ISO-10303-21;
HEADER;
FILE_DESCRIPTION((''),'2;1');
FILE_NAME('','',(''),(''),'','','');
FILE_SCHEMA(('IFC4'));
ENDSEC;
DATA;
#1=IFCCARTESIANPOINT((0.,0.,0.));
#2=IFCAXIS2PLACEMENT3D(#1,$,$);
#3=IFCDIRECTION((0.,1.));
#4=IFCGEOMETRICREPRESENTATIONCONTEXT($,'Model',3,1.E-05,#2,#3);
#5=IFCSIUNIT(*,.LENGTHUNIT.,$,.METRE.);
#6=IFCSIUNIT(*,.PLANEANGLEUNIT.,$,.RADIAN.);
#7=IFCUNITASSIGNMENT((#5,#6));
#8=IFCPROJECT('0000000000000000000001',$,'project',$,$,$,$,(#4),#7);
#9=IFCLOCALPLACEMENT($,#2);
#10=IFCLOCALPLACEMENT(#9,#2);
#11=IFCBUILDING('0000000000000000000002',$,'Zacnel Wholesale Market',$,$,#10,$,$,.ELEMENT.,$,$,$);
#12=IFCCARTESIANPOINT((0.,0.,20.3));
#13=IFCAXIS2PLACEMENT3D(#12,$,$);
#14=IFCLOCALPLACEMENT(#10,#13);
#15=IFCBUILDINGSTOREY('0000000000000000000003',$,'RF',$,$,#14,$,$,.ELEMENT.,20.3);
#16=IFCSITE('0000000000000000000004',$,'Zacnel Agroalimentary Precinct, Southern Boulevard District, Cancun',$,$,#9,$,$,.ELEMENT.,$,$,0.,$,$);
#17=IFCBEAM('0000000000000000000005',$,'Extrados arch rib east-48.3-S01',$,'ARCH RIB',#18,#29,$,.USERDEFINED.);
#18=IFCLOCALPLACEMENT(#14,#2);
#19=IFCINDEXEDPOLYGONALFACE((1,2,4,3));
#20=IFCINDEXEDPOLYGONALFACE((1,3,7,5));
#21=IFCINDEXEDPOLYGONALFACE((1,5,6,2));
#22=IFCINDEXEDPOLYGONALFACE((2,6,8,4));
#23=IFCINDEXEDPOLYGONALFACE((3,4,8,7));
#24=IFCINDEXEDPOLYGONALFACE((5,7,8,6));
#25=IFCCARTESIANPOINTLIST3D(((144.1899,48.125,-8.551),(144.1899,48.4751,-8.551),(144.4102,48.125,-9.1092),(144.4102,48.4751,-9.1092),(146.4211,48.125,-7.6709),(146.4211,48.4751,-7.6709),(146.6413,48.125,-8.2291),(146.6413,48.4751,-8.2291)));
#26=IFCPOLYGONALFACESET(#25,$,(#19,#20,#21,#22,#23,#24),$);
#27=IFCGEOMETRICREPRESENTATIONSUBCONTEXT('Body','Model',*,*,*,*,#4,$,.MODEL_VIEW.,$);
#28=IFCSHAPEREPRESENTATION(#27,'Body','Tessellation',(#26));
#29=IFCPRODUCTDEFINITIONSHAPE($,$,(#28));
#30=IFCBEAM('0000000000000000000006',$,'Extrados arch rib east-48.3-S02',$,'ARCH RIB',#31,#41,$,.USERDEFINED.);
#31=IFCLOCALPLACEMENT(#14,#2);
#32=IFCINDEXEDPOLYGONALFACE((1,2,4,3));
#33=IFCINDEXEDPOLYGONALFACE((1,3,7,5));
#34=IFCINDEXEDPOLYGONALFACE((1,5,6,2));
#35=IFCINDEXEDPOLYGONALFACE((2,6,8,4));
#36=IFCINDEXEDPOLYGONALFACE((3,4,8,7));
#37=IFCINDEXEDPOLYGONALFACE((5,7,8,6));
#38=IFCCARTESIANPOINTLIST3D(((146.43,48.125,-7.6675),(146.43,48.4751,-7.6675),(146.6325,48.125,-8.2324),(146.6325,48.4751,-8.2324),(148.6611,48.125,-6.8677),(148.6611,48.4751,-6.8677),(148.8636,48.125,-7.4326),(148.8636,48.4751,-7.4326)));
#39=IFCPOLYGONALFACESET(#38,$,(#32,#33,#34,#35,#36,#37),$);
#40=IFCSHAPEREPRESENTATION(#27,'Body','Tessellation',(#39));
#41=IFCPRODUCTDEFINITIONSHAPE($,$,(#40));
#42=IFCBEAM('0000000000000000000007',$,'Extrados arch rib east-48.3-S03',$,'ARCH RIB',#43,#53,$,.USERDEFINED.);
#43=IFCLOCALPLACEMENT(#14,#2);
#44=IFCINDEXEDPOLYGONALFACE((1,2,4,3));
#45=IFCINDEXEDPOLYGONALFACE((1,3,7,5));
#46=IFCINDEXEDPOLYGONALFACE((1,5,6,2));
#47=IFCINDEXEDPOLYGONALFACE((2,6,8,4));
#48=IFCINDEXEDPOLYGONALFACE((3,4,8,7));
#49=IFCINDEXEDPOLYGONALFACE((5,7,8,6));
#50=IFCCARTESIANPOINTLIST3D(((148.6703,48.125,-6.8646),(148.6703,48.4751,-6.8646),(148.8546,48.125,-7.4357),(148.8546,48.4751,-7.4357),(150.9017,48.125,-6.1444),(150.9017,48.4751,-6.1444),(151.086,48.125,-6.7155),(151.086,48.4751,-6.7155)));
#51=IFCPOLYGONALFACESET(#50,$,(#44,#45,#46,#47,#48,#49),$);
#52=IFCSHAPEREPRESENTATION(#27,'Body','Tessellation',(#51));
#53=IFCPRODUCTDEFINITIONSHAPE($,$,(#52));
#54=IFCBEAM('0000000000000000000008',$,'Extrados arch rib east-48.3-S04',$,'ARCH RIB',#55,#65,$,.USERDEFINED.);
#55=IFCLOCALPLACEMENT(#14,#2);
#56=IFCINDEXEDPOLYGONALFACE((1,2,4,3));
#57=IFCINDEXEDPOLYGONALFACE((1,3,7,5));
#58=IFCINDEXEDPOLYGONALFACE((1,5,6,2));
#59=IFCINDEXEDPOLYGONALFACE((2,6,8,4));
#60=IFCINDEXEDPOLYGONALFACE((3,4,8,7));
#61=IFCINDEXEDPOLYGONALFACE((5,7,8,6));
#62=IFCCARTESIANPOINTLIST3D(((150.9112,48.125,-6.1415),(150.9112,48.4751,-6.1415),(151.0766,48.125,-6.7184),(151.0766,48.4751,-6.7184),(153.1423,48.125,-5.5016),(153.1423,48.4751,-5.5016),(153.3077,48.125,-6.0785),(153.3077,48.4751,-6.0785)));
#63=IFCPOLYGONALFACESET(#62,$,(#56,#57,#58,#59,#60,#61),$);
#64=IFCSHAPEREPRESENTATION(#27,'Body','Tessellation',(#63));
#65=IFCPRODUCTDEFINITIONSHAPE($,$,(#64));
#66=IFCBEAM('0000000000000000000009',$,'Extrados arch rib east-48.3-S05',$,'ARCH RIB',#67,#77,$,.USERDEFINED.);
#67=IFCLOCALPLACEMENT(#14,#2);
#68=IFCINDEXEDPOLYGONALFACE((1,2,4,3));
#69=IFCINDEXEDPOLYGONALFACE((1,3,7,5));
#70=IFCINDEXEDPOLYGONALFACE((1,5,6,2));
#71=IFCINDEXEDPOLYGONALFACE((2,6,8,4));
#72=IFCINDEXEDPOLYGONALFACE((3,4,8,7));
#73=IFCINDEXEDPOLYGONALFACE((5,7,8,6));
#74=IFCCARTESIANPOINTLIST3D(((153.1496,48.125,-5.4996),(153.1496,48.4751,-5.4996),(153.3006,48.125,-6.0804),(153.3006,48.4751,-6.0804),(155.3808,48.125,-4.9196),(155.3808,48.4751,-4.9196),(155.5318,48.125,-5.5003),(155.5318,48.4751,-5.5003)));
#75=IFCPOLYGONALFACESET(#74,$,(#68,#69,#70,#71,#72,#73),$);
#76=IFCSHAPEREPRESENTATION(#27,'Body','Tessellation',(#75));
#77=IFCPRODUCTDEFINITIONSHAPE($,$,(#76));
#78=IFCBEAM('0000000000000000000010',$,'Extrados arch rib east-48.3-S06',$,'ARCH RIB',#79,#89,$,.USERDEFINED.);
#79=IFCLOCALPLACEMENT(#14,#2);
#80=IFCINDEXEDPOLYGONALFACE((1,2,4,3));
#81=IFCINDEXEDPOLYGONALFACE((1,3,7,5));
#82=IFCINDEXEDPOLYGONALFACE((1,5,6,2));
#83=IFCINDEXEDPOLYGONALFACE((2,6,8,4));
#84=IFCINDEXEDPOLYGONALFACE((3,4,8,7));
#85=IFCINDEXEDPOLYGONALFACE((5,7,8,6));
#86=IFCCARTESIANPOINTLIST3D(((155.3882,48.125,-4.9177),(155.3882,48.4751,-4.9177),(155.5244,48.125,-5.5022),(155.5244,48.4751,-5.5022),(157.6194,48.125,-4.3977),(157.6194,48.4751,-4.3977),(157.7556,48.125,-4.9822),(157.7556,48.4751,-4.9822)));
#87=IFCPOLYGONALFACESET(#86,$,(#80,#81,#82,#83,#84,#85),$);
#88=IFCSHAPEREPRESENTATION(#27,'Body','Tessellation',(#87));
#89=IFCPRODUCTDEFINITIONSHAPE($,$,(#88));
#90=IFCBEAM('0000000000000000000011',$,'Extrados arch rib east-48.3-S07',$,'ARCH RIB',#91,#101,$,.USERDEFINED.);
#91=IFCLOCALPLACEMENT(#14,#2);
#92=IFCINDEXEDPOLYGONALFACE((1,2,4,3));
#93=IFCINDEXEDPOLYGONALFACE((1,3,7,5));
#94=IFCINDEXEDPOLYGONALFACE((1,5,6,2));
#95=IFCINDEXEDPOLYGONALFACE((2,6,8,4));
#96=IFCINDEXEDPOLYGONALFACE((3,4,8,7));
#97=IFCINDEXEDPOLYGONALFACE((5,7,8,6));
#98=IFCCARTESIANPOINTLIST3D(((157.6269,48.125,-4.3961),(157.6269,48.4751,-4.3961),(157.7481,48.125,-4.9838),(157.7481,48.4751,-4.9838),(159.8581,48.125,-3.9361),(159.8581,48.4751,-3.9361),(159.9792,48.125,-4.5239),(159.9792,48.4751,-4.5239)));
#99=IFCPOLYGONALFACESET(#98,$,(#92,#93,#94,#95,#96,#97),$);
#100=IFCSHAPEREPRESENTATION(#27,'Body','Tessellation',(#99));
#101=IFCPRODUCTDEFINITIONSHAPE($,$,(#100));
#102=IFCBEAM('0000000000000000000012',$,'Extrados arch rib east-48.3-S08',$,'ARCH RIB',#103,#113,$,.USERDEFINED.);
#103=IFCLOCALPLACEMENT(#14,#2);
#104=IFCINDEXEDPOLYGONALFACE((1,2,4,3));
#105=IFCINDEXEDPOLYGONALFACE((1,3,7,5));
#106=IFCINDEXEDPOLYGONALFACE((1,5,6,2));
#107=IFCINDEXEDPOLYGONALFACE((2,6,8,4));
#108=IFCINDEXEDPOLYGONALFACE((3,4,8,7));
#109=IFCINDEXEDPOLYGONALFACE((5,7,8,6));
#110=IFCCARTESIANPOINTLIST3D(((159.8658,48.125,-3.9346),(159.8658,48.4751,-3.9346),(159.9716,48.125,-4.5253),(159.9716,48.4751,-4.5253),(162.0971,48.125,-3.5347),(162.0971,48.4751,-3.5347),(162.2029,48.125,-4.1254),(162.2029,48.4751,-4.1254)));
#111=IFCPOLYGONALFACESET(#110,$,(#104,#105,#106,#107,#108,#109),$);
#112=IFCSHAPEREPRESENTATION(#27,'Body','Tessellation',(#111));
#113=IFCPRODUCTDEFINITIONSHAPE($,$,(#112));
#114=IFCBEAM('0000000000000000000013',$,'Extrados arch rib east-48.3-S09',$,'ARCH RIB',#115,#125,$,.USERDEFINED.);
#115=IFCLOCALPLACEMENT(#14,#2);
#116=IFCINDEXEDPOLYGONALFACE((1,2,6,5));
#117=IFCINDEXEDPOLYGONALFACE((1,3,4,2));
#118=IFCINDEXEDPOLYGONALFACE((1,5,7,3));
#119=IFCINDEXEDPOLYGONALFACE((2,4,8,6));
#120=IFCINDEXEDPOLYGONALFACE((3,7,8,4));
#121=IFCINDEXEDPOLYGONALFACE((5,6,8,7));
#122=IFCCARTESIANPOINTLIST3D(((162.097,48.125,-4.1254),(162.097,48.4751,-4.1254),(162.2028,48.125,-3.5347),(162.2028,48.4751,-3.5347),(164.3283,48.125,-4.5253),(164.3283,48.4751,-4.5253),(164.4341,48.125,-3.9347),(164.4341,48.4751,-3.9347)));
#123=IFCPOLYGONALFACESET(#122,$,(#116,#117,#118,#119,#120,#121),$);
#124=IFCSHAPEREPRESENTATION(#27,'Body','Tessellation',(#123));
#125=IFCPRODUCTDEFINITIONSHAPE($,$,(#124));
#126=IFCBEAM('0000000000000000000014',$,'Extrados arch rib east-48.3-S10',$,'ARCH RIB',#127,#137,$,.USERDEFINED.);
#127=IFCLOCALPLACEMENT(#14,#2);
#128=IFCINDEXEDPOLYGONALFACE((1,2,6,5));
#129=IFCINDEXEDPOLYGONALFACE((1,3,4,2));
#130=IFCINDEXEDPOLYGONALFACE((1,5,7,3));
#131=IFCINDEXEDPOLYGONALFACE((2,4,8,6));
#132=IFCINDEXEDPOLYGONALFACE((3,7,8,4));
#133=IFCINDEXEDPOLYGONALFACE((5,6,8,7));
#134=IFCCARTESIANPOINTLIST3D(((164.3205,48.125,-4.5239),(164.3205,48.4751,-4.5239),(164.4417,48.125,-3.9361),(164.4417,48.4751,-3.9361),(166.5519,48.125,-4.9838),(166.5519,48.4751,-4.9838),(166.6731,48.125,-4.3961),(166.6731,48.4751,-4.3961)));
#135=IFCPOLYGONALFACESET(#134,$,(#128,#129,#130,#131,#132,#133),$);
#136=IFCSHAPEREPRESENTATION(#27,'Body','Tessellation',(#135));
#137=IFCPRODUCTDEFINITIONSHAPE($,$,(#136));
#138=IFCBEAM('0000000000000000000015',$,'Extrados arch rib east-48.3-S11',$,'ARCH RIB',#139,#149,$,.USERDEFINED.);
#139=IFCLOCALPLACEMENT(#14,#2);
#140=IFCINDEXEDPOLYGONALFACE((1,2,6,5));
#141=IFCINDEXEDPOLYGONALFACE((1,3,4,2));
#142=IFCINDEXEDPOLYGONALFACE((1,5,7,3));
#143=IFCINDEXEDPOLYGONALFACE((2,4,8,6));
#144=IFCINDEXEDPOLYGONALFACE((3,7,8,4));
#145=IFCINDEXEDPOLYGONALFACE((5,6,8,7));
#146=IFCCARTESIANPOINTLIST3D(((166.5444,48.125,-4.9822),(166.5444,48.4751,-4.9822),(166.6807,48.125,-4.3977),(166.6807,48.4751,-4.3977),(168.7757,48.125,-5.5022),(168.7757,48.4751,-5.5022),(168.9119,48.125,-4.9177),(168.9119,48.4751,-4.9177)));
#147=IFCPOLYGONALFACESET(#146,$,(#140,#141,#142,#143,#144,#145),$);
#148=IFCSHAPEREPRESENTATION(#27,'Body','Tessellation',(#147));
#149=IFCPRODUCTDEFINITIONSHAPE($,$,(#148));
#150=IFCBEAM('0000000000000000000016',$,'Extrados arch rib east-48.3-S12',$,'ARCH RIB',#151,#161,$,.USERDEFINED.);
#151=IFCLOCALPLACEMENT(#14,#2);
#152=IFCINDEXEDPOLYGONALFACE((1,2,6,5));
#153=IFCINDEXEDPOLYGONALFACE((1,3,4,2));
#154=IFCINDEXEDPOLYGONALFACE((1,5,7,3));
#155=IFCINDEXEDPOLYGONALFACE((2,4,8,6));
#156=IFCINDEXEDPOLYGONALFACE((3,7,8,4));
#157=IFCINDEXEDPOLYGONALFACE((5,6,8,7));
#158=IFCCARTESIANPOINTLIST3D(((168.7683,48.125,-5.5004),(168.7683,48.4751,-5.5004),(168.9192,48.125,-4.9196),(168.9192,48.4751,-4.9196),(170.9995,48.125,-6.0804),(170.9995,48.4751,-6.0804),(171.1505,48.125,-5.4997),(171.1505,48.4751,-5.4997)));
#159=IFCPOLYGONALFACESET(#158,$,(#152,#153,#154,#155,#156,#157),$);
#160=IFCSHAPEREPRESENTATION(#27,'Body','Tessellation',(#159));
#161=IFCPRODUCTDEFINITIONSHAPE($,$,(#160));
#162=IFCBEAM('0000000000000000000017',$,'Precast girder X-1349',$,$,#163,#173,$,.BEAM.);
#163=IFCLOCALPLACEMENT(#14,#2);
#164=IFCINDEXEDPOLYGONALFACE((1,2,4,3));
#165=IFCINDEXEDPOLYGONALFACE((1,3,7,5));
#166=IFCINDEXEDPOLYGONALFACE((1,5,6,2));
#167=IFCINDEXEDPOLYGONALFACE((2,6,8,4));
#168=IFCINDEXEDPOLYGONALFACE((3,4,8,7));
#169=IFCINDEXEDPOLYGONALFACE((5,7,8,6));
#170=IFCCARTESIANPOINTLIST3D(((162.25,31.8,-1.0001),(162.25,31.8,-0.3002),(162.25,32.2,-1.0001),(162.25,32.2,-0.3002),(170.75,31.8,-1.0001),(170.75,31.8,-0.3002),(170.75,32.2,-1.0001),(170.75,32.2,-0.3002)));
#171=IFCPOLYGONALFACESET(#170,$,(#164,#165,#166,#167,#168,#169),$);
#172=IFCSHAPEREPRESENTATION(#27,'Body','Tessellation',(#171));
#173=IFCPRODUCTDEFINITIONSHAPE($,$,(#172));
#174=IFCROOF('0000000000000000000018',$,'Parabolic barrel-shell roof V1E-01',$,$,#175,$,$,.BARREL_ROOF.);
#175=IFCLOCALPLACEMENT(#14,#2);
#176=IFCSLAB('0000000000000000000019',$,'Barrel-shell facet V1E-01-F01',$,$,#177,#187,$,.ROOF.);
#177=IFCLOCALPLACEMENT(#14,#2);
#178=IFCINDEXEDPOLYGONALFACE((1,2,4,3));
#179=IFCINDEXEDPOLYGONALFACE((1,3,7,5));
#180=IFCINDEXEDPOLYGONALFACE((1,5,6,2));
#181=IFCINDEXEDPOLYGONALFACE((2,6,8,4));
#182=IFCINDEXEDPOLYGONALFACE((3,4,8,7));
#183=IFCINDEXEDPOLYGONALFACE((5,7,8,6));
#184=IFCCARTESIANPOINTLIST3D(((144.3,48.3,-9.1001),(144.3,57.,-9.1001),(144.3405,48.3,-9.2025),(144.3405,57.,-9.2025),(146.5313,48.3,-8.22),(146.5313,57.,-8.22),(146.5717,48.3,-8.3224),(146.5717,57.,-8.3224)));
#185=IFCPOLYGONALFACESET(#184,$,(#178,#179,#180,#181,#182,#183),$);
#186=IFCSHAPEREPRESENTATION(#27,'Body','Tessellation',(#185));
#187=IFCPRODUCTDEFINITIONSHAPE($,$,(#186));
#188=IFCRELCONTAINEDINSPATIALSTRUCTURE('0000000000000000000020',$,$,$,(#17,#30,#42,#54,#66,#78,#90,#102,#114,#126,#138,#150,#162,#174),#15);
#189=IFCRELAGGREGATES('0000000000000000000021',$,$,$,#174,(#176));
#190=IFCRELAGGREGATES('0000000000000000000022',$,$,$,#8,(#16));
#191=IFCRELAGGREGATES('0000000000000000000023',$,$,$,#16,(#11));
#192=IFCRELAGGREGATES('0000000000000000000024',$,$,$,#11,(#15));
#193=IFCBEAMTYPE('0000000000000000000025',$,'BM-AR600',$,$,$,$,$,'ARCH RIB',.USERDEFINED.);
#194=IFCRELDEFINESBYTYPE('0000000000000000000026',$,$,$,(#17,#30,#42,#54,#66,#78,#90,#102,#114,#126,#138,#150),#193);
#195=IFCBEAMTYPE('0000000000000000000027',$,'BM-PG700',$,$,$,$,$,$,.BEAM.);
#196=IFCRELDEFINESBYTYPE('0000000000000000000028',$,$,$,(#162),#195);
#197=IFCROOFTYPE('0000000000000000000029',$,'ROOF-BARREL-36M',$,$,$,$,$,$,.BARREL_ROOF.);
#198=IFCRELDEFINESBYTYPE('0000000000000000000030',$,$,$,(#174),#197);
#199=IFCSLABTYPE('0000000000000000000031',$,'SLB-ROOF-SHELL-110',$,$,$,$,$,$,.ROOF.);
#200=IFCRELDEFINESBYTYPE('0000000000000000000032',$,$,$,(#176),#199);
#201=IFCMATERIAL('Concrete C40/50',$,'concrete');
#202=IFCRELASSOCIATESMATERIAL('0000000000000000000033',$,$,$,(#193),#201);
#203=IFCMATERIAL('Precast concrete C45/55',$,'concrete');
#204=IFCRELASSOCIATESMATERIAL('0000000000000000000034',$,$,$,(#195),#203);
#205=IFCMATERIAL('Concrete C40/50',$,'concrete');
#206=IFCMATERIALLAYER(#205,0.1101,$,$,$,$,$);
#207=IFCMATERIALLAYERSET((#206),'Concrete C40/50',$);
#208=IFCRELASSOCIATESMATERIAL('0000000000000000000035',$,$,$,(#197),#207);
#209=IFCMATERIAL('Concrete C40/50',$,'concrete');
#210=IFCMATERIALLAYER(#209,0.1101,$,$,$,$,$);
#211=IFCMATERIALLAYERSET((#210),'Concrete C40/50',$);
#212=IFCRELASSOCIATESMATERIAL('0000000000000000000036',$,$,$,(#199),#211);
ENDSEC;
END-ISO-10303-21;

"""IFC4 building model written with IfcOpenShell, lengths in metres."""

from ifc_helpers import new_model, si_unit, direction, frame, origin, origin_2d, place, context, subcontext, project, spatial, polyline, rectangle, outline, extrude, material, layer, layer_set, material_profile, profile_set, type_object, element, aggregate, save


model = new_model("IFC4")

# Units and contexts
model_context = context("Model", 3, precision=1e-05, world=origin(), true_north=direction((0.0, 1.0)))
body_context = subcontext(model_context, "Body", "Model", "MODEL_VIEW")
ifc_project = project(units=[si_unit("LENGTHUNIT", "METRE"), si_unit("PLANEANGLEUNIT", "RADIAN")], contexts=[model_context])

# Site, building, storey
site_placement = place(None, origin())
site = spatial("IfcSite", under=ifc_project, at=site_placement, Name="Zacnel Agroalimentary Precinct, Southern Boulevard District, Cancun", CompositionType="ELEMENT", RefElevation=0.0)
building_placement = place(site_placement, origin())
building = spatial("IfcBuilding", under=site, at=building_placement, Name="Zacnel Wholesale Market", CompositionType="ELEMENT")
storey_placement = place(building_placement, frame((0.0, 0.0, 20.3)))
storey = spatial("IfcBuildingStorey", under=building, at=storey_placement, Name="RF", CompositionType="ELEMENT", Elevation=20.3)

# Beams
ifc_material_1 = material(Name="Concrete C40/50", Category="concrete")
ifc_material_profile_1 = material_profile(ifc_material_1, rectangle(XDim=0.3501, YDim=0.6001, at=origin_2d()), Name="ARCH RIB 350x600")
ifc_profile_set_1 = profile_set([ifc_material_profile_1], Name="Concrete C40/50")
beam_type_1 = type_object("IfcBeamType", Name="BM-AR600", ElementType="ARCH RIB", PredefinedType="USERDEFINED", material=ifc_profile_set_1)
beam_1_placement = place(storey_placement, frame((144.3, 48.3, -8.8301), z_axis=(0.930242, 0.0, 0.366946), x_axis=(0.0, 1.0, 0.0)))
element("IfcBeam", 1, at=beam_1_placement, inside=storey, type_object=beam_type_1, Name="Extrados arch rib east-48.3-S01", ObjectType="ARCH RIB", PredefinedType="USERDEFINED", context=body_context, shape_type="SweptSolid", body=[
    extrude(rectangle(XDim=0.3501, YDim=0.6001, at=origin_2d()), origin(), (0.0, 0.0, 1.0), 2.3984),
])
beam_2_placement = place(storey_placement, frame((146.5312, 48.3, -7.95), z_axis=(0.941347, 0.0, 0.337439), x_axis=(0.0, 1.0, 0.0)))
element("IfcBeam", 2, at=beam_2_placement, inside=storey, type_object=beam_type_1, Name="Extrados arch rib east-48.3-S02", ObjectType="ARCH RIB", PredefinedType="USERDEFINED", context=body_context, shape_type="SweptSolid", body=[
    extrude(rectangle(XDim=0.3501, YDim=0.6001, at=origin_2d()), origin(), (0.0, 0.0, 1.0), 2.3701),
])
beam_3_placement = place(storey_placement, frame((148.7625, 48.3, -7.1501), z_axis=(0.95166, 0.0, 0.307155), x_axis=(0.0, 1.0, 0.0)))
element("IfcBeam", 3, at=beam_3_placement, inside=storey, type_object=beam_type_1, Name="Extrados arch rib east-48.3-S03", ObjectType="ARCH RIB", PredefinedType="USERDEFINED", context=body_context, shape_type="SweptSolid", body=[
    extrude(rectangle(XDim=0.3501, YDim=0.6001, at=origin_2d()), origin(), (0.0, 0.0, 1.0), 2.3447),
])
beam_4_placement = place(storey_placement, frame((150.9939, 48.3, -6.4299), z_axis=(0.96125, 0.0, 0.27568), x_axis=(0.0, 1.0, 0.0)))
element("IfcBeam", 4, at=beam_4_placement, inside=storey, type_object=beam_type_1, Name="Extrados arch rib east-48.3-S04", ObjectType="ARCH RIB", PredefinedType="USERDEFINED", context=body_context, shape_type="SweptSolid", body=[
    extrude(rectangle(XDim=0.3501, YDim=0.6001, at=origin_2d()), origin(), (0.0, 0.0, 1.0), 2.321),
])
beam_5_placement = place(storey_placement, frame((153.2251, 48.3, -5.79), z_axis=(0.967826, 0.0, 0.25162), x_axis=(0.0, 1.0, 0.0)))
element("IfcBeam", 5, at=beam_5_placement, inside=storey, type_object=beam_type_1, Name="Extrados arch rib east-48.3-S05", ObjectType="ARCH RIB", PredefinedType="USERDEFINED", context=body_context, shape_type="SweptSolid", body=[
    extrude(rectangle(XDim=0.3501, YDim=0.6001, at=origin_2d()), origin(), (0.0, 0.0, 1.0), 2.3054),
])
beam_6_placement = place(storey_placement, frame((155.4563, 48.3, -5.21), z_axis=(0.973899, 0.0, 0.226984), x_axis=(0.0, 1.0, 0.0)))
element("IfcBeam", 6, at=beam_6_placement, inside=storey, type_object=beam_type_1, Name="Extrados arch rib east-48.3-S06", ObjectType="ARCH RIB", PredefinedType="USERDEFINED", context=body_context, shape_type="SweptSolid", body=[
    extrude(rectangle(XDim=0.3501, YDim=0.6001, at=origin_2d()), origin(), (0.0, 0.0, 1.0), 2.291),
])
beam_7_placement = place(storey_placement, frame((157.6875, 48.3, -4.6899), z_axis=(0.979405, 0.0, 0.201904), x_axis=(0.0, 1.0, 0.0)))
element("IfcBeam", 7, at=beam_7_placement, inside=storey, type_object=beam_type_1, Name="Extrados arch rib east-48.3-S07", ObjectType="ARCH RIB", PredefinedType="USERDEFINED", context=body_context, shape_type="SweptSolid", body=[
    extrude(rectangle(XDim=0.3501, YDim=0.6001, at=origin_2d()), origin(), (0.0, 0.0, 1.0), 2.2781),
])
for number, where, z_axis, x_axis, name in (
    (8, (159.9187, 48.3, -4.23), (0.984315, 0.0, 0.176421), (0.0, 1.0, 0.0), "Extrados arch rib east-48.3-S08"),
    (9, (162.1499, 48.3, -3.8301), (0.984315, 0.0, -0.176421), (0.0, 1.0, 0.0), "Extrados arch rib east-48.3-S09"),
):
    element("IfcBeam", number, at=place(storey_placement, frame(where, z_axis=z_axis, x_axis=x_axis)), inside=storey, type_object=beam_type_1, Name=name, ObjectType="ARCH RIB", PredefinedType="USERDEFINED", context=body_context, shape_type="SweptSolid", body=[
        extrude(rectangle(XDim=0.3501, YDim=0.6001, at=origin_2d()), origin(), (0.0, 0.0, 1.0), 2.2668),
    ])
beam_8_placement = place(storey_placement, frame((164.3811, 48.3, -4.23), z_axis=(0.97941, 0.0, -0.201883), x_axis=(0.0, 1.0, 0.0)))
element("IfcBeam", 10, at=beam_8_placement, inside=storey, type_object=beam_type_1, Name="Extrados arch rib east-48.3-S10", ObjectType="ARCH RIB", PredefinedType="USERDEFINED", context=body_context, shape_type="SweptSolid", body=[
    extrude(rectangle(XDim=0.3501, YDim=0.6001, at=origin_2d()), origin(), (0.0, 0.0, 1.0), 2.2783),
])
beam_9_placement = place(storey_placement, frame((166.6125, 48.3, -4.6899), z_axis=(0.973899, 0.0, -0.226984), x_axis=(0.0, 1.0, 0.0)))
element("IfcBeam", 11, at=beam_9_placement, inside=storey, type_object=beam_type_1, Name="Extrados arch rib east-48.3-S11", ObjectType="ARCH RIB", PredefinedType="USERDEFINED", context=body_context, shape_type="SweptSolid", body=[
    extrude(rectangle(XDim=0.3501, YDim=0.6001, at=origin_2d()), origin(), (0.0, 0.0, 1.0), 2.291),
])
beam_10_placement = place(storey_placement, frame((168.8438, 48.3, -5.21), z_axis=(0.967826, 0.0, -0.25162), x_axis=(0.0, 1.0, 0.0)))
element("IfcBeam", 12, at=beam_10_placement, inside=storey, type_object=beam_type_1, Name="Extrados arch rib east-48.3-S12", ObjectType="ARCH RIB", PredefinedType="USERDEFINED", context=body_context, shape_type="SweptSolid", body=[
    extrude(rectangle(XDim=0.3501, YDim=0.6001, at=origin_2d()), origin(), (0.0, 0.0, 1.0), 2.3054),
])
ifc_material_2 = material(Name="Precast concrete C45/55", Category="concrete")
ifc_material_profile_2 = material_profile(ifc_material_2, rectangle(XDim=0.3999, YDim=0.7, at=origin_2d()), Name="PG 400x700")
ifc_profile_set_2 = profile_set([ifc_material_profile_2], Name="Precast concrete C45/55")
beam_type_2 = type_object("IfcBeamType", Name="BM-PG700", PredefinedType="BEAM", material=ifc_profile_set_2)
beam_11_placement = place(storey_placement, frame((162.25, 32.0, -0.6501), z_axis=(1.0, 0.0, 0.0), x_axis=(0.0, 1.0, 0.0)))
element("IfcBeam", 13, at=beam_11_placement, inside=storey, type_object=beam_type_2, Name="Precast girder X-1349", PredefinedType="BEAM", context=body_context, shape_type="SweptSolid", body=[
    extrude(rectangle(XDim=0.3999, YDim=0.7, at=origin_2d()), origin(), (0.0, 0.0, 1.0), 8.5),
])

# Roof, slab
ifc_material_3 = material(Name="Concrete C40/50", Category="concrete")
ifc_layer_1 = layer(ifc_material_3, 0.1101)
ifc_layer_set_1 = layer_set([ifc_layer_1], Name="Concrete C40/50")
roof_type = type_object("IfcRoofType", Name="ROOF-BARREL-36M", PredefinedType="BARREL_ROOF", material=ifc_layer_set_1)
roof_placement = place(storey_placement, origin())
roof = element("IfcRoof", 14, at=roof_placement, inside=storey, type_object=roof_type, Name="Parabolic barrel-shell roof V1E-01", PredefinedType="BARREL_ROOF")
ifc_material_4 = material(Name="Concrete C40/50", Category="concrete")
ifc_layer_2 = layer(ifc_material_4, 0.1101)
ifc_layer_set_2 = layer_set([ifc_layer_2], Name="Concrete C40/50")
slab_type = type_object("IfcSlabType", Name="SLB-ROOF-SHELL-110", PredefinedType="ROOF", material=ifc_layer_set_2)
slab_1_placement = place(storey_placement, frame((144.3, 48.3, -9.1001), z_axis=(-0.366946, 0.0, 0.930242), x_axis=(0.0, 1.0, 0.0)))
slab_1 = element("IfcSlab", 15, at=slab_1_placement, type_object=slab_type, Name="Barrel-shell facet V1E-01-F01", PredefinedType="ROOF", context=body_context, shape_type="SweptSolid", body=[
    extrude(outline(polyline([(0.0, 0.0), (8.7, 0.0), (8.7, -2.3985), (0.0, -2.3985), (0.0, 0.0)])), origin(), (0.0, 0.0, -1.0), 0.1101),
])
aggregate(roof, [slab_1])

save(model, "model.ifc")
